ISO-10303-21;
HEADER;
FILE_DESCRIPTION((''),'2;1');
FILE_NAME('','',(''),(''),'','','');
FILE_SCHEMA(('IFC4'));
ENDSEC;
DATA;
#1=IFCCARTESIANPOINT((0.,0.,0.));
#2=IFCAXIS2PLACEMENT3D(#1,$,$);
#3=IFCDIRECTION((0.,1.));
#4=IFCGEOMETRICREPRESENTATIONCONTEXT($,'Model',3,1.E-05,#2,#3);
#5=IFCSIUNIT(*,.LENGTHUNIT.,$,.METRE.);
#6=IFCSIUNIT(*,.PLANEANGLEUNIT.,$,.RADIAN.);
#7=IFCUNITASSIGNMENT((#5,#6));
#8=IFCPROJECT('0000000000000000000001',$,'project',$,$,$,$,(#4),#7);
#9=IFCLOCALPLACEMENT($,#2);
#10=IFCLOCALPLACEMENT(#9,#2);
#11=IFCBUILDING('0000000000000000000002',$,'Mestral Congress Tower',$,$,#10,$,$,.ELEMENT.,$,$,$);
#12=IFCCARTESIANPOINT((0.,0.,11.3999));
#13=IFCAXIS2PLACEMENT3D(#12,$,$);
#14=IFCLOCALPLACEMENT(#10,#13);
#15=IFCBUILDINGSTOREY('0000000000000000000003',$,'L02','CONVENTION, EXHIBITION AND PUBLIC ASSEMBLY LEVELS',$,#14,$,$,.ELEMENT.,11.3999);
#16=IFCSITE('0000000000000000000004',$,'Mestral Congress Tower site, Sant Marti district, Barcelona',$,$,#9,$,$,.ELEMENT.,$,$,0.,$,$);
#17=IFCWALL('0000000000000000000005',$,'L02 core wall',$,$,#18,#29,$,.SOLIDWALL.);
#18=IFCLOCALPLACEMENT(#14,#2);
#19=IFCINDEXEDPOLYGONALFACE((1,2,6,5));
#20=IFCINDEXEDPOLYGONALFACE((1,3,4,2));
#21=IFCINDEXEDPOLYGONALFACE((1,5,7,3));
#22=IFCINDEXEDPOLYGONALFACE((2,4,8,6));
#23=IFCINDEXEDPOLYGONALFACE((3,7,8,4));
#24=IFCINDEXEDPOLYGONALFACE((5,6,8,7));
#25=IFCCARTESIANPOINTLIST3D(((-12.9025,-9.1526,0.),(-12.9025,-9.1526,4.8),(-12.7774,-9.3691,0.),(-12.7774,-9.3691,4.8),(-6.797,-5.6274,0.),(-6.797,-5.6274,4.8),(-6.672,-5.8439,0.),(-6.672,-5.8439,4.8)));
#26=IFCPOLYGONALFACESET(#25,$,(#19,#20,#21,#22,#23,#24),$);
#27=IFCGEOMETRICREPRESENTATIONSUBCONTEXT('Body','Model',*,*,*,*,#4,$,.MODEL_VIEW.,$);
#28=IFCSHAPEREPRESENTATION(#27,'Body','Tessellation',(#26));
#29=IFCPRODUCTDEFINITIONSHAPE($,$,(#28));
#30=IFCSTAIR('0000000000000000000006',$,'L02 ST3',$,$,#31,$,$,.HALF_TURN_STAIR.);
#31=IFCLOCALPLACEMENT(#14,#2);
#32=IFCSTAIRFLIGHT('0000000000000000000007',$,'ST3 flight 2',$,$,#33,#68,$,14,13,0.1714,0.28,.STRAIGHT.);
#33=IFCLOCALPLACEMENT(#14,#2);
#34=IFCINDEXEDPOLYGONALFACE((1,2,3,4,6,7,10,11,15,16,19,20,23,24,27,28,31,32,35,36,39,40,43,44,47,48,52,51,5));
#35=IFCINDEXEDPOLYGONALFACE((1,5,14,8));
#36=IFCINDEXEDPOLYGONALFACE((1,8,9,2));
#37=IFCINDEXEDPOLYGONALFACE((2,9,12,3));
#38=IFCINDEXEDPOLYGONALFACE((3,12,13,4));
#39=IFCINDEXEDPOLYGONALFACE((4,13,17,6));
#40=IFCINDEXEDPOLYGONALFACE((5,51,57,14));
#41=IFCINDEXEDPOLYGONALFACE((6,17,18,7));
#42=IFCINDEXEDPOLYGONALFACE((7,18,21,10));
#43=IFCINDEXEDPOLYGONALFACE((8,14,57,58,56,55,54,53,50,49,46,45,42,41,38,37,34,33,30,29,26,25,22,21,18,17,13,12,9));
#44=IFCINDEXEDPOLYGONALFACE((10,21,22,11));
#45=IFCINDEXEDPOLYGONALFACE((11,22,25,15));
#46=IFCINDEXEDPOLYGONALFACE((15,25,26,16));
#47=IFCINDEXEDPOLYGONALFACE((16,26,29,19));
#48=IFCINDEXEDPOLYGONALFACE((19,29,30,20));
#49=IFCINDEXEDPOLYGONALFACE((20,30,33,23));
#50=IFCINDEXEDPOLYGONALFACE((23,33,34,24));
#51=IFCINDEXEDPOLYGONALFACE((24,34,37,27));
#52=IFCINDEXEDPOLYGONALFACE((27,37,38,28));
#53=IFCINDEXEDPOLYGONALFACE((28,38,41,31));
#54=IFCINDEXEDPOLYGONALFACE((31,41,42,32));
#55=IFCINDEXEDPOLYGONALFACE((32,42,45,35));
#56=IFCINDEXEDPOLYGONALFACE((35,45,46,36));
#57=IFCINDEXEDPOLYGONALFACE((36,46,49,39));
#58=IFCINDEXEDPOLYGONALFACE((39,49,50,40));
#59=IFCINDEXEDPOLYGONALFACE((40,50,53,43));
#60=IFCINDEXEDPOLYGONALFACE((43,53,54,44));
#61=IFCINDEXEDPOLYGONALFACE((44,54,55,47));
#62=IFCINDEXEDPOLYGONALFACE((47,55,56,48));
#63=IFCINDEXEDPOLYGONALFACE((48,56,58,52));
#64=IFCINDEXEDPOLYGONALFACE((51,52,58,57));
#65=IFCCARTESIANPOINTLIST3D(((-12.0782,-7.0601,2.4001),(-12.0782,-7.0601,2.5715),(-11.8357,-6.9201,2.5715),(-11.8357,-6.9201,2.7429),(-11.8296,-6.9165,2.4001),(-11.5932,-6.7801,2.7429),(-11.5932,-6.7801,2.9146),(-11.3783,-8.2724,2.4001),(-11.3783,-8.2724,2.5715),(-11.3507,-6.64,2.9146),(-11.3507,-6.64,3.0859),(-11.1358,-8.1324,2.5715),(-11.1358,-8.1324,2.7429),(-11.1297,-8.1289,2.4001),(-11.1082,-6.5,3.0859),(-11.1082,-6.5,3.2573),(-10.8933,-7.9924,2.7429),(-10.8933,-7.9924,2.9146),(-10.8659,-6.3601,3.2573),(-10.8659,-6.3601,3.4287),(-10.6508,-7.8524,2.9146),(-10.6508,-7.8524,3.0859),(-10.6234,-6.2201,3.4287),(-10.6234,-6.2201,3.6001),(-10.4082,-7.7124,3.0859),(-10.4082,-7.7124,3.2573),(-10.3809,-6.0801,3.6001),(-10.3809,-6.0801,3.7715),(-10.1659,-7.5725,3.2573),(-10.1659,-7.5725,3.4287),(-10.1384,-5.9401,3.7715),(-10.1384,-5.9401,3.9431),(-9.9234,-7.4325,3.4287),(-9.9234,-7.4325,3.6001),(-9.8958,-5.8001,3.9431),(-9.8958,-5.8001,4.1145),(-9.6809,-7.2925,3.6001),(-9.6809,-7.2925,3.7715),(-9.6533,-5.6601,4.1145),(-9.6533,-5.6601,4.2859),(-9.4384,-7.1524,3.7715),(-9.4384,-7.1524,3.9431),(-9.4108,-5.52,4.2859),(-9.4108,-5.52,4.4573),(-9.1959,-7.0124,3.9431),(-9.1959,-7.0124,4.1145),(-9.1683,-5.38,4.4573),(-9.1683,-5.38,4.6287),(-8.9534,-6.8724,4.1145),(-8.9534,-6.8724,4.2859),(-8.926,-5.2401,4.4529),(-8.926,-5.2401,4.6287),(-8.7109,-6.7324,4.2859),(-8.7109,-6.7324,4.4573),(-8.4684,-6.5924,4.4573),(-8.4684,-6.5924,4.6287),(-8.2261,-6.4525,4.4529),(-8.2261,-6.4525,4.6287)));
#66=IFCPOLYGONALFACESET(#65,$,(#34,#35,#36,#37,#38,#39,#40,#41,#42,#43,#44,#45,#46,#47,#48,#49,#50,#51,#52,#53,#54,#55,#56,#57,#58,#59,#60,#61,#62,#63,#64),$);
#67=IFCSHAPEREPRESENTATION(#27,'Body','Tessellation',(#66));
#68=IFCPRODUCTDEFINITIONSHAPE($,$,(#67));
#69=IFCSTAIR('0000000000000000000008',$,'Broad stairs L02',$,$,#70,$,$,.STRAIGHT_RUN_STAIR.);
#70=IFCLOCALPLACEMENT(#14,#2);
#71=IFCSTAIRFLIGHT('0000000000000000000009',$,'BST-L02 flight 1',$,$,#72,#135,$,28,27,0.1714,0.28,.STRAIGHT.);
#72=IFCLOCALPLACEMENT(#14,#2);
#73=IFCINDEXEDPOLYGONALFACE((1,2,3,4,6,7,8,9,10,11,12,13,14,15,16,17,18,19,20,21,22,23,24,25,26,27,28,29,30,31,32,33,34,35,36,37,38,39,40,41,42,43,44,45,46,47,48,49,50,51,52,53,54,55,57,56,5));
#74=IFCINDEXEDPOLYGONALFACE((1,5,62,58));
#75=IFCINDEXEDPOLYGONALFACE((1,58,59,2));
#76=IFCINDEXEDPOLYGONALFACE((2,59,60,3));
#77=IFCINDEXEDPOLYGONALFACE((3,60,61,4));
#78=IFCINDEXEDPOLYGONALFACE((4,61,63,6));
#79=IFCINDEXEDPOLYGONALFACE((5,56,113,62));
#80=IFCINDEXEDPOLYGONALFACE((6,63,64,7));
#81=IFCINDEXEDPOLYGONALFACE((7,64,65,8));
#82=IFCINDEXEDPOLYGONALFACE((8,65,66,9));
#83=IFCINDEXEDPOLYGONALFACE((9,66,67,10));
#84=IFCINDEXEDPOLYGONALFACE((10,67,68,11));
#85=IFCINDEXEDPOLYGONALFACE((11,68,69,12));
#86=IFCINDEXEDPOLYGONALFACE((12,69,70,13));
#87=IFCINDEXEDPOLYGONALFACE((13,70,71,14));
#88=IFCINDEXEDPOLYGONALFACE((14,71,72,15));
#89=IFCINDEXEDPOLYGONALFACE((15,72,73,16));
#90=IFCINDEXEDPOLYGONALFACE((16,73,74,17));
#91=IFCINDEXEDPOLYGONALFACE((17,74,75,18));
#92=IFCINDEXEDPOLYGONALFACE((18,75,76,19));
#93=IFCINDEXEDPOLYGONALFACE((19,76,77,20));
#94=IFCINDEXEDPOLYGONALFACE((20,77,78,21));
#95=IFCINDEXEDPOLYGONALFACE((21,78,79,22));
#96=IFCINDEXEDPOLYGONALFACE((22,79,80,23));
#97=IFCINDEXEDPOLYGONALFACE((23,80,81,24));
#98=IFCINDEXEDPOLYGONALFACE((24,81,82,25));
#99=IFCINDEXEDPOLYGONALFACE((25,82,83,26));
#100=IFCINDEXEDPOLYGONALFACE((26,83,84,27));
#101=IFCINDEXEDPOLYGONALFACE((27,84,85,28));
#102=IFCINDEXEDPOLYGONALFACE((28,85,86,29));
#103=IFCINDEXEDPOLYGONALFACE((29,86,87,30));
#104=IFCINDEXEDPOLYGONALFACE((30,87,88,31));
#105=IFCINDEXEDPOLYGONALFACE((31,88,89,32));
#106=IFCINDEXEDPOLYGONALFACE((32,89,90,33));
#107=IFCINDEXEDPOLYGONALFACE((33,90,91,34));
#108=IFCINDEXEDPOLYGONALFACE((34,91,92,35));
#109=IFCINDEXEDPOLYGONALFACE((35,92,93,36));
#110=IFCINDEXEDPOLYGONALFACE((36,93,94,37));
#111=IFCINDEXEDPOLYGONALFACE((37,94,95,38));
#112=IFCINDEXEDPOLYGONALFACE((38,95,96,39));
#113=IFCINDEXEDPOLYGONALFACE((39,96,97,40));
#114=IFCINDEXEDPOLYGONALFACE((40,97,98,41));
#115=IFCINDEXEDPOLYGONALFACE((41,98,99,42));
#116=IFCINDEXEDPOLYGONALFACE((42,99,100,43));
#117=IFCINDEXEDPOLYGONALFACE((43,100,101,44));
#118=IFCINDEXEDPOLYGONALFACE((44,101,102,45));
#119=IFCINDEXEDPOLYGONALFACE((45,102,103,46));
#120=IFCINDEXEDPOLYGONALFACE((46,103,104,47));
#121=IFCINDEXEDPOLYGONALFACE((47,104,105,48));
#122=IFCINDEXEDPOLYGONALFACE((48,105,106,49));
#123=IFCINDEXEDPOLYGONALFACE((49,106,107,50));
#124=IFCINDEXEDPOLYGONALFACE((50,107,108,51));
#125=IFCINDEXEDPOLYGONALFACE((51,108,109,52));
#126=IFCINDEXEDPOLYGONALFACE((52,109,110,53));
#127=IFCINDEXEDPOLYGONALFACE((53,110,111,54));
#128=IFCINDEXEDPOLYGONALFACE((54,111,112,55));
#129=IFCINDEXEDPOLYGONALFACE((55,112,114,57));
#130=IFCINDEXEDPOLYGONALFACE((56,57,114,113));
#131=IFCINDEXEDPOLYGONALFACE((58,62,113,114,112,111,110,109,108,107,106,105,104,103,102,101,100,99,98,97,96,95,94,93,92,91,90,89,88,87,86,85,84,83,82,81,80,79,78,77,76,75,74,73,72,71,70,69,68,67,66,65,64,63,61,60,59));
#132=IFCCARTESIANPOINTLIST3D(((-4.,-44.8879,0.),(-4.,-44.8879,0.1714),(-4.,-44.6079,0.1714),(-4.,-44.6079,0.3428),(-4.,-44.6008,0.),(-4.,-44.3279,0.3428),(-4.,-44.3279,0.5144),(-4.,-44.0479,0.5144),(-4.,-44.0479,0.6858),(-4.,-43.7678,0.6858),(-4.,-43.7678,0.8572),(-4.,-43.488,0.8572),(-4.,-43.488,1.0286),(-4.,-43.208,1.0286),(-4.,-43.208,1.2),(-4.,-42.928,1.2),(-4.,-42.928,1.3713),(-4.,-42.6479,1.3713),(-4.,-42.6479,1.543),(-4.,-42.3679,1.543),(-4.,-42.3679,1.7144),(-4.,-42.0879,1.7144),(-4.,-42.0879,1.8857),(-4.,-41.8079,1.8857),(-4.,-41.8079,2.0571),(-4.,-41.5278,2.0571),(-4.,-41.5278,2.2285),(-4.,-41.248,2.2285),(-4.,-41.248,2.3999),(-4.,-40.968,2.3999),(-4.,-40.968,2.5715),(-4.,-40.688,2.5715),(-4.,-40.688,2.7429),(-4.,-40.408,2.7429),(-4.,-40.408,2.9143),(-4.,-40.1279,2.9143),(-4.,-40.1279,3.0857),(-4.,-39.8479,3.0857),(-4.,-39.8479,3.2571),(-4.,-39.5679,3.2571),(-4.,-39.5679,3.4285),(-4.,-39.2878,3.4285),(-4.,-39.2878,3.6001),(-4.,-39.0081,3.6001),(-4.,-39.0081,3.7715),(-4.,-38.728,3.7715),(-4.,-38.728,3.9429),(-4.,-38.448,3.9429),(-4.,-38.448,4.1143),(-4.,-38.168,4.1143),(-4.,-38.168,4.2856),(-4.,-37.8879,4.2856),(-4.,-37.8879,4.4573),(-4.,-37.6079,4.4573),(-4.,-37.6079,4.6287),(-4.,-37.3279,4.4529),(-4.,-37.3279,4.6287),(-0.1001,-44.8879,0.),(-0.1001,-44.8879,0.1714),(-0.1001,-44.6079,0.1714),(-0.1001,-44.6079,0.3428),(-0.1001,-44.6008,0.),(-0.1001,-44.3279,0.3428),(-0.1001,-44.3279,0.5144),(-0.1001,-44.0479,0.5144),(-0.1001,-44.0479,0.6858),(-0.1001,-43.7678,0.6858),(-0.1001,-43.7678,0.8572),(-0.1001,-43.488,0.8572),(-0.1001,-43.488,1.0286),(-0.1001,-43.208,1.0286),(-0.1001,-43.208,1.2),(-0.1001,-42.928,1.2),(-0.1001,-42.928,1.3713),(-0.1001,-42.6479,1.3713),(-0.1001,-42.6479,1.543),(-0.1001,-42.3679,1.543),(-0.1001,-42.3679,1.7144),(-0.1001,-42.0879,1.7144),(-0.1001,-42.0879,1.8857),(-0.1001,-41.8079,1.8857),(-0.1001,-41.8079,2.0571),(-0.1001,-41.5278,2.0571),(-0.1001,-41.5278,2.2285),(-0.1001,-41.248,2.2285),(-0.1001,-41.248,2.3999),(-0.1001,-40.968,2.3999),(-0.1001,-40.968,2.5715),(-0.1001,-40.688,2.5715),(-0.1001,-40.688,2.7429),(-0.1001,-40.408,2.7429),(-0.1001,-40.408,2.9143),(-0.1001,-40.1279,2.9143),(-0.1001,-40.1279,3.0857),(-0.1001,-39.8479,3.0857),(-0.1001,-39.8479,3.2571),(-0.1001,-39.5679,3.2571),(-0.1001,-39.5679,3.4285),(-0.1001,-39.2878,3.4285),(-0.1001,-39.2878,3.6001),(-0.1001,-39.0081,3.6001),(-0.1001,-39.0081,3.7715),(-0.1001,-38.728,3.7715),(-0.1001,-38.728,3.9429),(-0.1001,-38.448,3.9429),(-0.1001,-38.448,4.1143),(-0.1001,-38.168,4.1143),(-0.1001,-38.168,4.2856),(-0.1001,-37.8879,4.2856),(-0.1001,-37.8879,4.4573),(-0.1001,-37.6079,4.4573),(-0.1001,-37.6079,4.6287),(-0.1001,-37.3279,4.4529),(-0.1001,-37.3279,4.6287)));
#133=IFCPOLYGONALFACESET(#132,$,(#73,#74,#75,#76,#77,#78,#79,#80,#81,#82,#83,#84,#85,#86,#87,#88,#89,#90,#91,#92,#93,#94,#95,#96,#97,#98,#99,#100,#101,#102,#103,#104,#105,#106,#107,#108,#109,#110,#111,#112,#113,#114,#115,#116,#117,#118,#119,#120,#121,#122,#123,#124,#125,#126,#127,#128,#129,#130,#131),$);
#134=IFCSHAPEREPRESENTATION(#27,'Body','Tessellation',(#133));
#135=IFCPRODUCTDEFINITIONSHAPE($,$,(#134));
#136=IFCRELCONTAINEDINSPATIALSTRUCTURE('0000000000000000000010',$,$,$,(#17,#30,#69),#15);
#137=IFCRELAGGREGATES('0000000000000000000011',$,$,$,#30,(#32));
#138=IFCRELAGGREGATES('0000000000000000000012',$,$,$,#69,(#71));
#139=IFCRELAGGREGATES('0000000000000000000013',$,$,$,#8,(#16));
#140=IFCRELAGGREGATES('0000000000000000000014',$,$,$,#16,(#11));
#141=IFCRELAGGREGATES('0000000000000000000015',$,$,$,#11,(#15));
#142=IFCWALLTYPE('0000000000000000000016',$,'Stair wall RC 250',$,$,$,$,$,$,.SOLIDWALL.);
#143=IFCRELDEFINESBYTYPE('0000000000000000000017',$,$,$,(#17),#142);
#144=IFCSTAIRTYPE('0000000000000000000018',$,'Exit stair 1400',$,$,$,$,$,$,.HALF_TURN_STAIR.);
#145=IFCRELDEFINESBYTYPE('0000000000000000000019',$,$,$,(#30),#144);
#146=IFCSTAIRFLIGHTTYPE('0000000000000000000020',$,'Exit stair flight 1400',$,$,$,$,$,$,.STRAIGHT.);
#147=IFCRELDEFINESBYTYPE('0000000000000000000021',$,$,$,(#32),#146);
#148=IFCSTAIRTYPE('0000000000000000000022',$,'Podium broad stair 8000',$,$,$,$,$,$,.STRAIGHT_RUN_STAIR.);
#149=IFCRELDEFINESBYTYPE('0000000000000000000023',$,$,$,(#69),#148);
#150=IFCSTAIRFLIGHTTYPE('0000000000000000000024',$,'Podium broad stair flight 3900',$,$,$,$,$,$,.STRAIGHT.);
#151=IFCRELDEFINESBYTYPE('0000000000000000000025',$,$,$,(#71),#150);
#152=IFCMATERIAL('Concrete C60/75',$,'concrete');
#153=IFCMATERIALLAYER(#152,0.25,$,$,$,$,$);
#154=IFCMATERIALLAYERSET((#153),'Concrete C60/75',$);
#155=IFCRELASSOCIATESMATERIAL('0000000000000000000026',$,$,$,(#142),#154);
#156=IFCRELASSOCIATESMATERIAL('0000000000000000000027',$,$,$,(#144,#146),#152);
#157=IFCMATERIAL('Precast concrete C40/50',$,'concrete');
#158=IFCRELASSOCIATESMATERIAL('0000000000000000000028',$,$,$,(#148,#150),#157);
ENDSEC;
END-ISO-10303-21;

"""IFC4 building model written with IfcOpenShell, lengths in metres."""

from ifc_helpers import new_model, si_unit, direction, frame, frame_2d, origin, place, context, subcontext, project, spatial, polyline, rectangle, outline, extrude, material, layer, layer_set, type_object, element, aggregate, save


model = new_model("IFC4")

# Units and contexts
model_context = context("Model", 3, precision=1e-05, world=origin(), true_north=direction((0.0, 1.0)))
body_context = subcontext(model_context, "Body", "Model", "MODEL_VIEW")
ifc_project = project(units=[si_unit("LENGTHUNIT", "METRE"), si_unit("PLANEANGLEUNIT", "RADIAN")], contexts=[model_context])

# Site, building, storey
site_placement = place(None, origin())
site = spatial("IfcSite", under=ifc_project, at=site_placement, Name="Mestral Congress Tower site, Sant Marti district, Barcelona", CompositionType="ELEMENT", RefElevation=0.0)
building_placement = place(site_placement, origin())
building = spatial("IfcBuilding", under=site, at=building_placement, Name="Mestral Congress Tower", CompositionType="ELEMENT")
storey_placement = place(building_placement, frame((0.0, 0.0, 11.3999)))
storey = spatial("IfcBuildingStorey", under=building, at=storey_placement, Name="L02", Description="CONVENTION, EXHIBITION AND PUBLIC ASSEMBLY LEVELS", CompositionType="ELEMENT", Elevation=11.3999)

# Shared definitions
ifc_material_1 = material(Name="Concrete C60/75", Category="concrete")

# Wall
ifc_layer_1 = layer(ifc_material_1, 0.25)
ifc_layer_set_1 = layer_set([ifc_layer_1], Name="Concrete C60/75")
wall_type_1 = type_object("IfcWallType", Name="Stair wall RC 250", PredefinedType="SOLIDWALL", material=ifc_layer_set_1)
wall_1_placement = place(storey_placement, frame((-12.8398, -9.2607, 0.0), z_axis=(0.0, 0.0, 1.0), x_axis=(0.866016, 0.500016, 0.0)))
element("IfcWall", 1, at=wall_1_placement, inside=storey, type_object=wall_type_1, Name="L02 core wall", PredefinedType="SOLIDWALL", context=body_context, shape_type="SweptSolid", body=[
    extrude(rectangle(XDim=7.05, YDim=0.25, at=frame_2d((3.5249, 0.0))), origin(), (0.0, 0.0, 1.0), 4.8),
])

# Stairs, stair flights
stair_type_1 = type_object("IfcStairType", Name="Exit stair 1400", PredefinedType="HALF_TURN_STAIR", material=ifc_material_1)
placement = place(storey_placement, origin())
stair_1 = element("IfcStair", 2, at=placement, inside=storey, type_object=stair_type_1, Name="L02 ST3", PredefinedType="HALF_TURN_STAIR")
stair_flight_type_1 = type_object("IfcStairFlightType", Name="Exit stair flight 1400", PredefinedType="STRAIGHT", material=ifc_material_1)
stair_flight_1_placement = place(storey_placement, frame((-11.7283, -7.6663, 2.4001), z_axis=(0.0, 0.0, 1.0), x_axis=(0.866025, 0.5, 0.0)))
stair_flight_1 = element("IfcStairFlight", 3, at=stair_flight_1_placement, type_object=stair_flight_type_1, Name="ST3 flight 2", NumberOfRisers=14, NumberOfTreads=13, PredefinedType="STRAIGHT", RiserHeight=0.1714, TreadLength=0.28, context=body_context, shape_type="SweptSolid", body=[
    extrude(outline(polyline([(0.0, 0.0), (0.0, 0.1714), (0.28, 0.1714), (0.28, 0.3428), (0.5601, 0.3428), (0.5601, 0.5144), (0.8401, 0.5144), (0.8401, 0.6858), (1.1201, 0.6858), (1.1201, 0.8572), (1.3999, 0.8572), (1.3999, 1.0286), (1.6799, 1.0286), (1.6799, 1.2), (1.96, 1.2), (1.96, 1.3713), (2.24, 1.3713), (2.24, 1.543), (2.52, 1.543), (2.52, 1.7144), (2.8, 1.7144), (2.8, 1.8857), (3.0801, 1.8857), (3.0801, 2.0571), (3.3601, 2.0571), (3.3601, 2.2285), (3.6399, 2.2285), (3.6399, 2.3999), (3.6399, 2.0527), (0.2871, 0.0), (0.0, 0.0)])), frame((0.0, 0.7, 0.0), z_axis=(0.0, -1.0, 0.0), x_axis=(1.0, 0.0, 0.0)), (0.0, 0.0, 1.0), 1.3999),
])
aggregate(stair_1, [stair_flight_1])
ifc_material_2 = material(Name="Precast concrete C40/50", Category="concrete")
stair_type_2 = type_object("IfcStairType", Name="Podium broad stair 8000", PredefinedType="STRAIGHT_RUN_STAIR", material=ifc_material_2)
stair_2 = element("IfcStair", 4, at=placement, inside=storey, type_object=stair_type_2, Name="Broad stairs L02", PredefinedType="STRAIGHT_RUN_STAIR")
stair_flight_type_2 = type_object("IfcStairFlightType", Name="Podium broad stair flight 3900", PredefinedType="STRAIGHT", material=ifc_material_2)
stair_flight_2_placement = place(storey_placement, frame((-2.05, -44.8879, 0.0), z_axis=(0.0, 0.0, 1.0), x_axis=(0.0, 1.0, 0.0)))
stair_flight_2 = element("IfcStairFlight", 5, at=stair_flight_2_placement, type_object=stair_flight_type_2, Name="BST-L02 flight 1", NumberOfRisers=28, NumberOfTreads=27, PredefinedType="STRAIGHT", RiserHeight=0.1714, TreadLength=0.28, context=body_context, shape_type="SweptSolid", body=[
    extrude(outline(polyline([(0.0, 0.0), (0.0, 0.1714), (0.28, 0.1714), (0.28, 0.3428), (0.5601, 0.3428), (0.5601, 0.5144), (0.8401, 0.5144), (0.8401, 0.6858), (1.1201, 0.6858), (1.1201, 0.8572), (1.3999, 0.8572), (1.3999, 1.0286), (1.6799, 1.0286), (1.6799, 1.2), (1.96, 1.2), (1.96, 1.3713), (2.24, 1.3713), (2.24, 1.543), (2.52, 1.543), (2.52, 1.7144), (2.8, 1.7144), (2.8, 1.8857), (3.0801, 1.8857), (3.0801, 2.0571), (3.3601, 2.0571), (3.3601, 2.2285), (3.6399, 2.2285), (3.6399, 2.3999), (3.9199, 2.3999), (3.9199, 2.5715), (4.2, 2.5715), (4.2, 2.7429), (4.48, 2.7429), (4.48, 2.9143), (4.76, 2.9143), (4.76, 3.0857), (5.04, 3.0857), (5.04, 3.2571), (5.3201, 3.2571), (5.3201, 3.4285), (5.6001, 3.4285), (5.6001, 3.6001), (5.8799, 3.6001), (5.8799, 3.7715), (6.1599, 3.7715), (6.1599, 3.9429), (6.4399, 3.9429), (6.4399, 4.1143), (6.72, 4.1143), (6.72, 4.2856), (7.0, 4.2856), (7.0, 4.4573), (7.28, 4.4573), (7.28, 4.6287), (7.5601, 4.6287), (7.5601, 4.8), (7.5601, 4.4529), (0.2871, 0.0), (0.0, 0.0)])), frame((0.0, 1.95, 0.0), z_axis=(0.0, -1.0, 0.0), x_axis=(1.0, 0.0, 0.0)), (0.0, 0.0, 1.0), 3.8999),
])
aggregate(stair_2, [stair_flight_2])

save(model, "model.ifc")
